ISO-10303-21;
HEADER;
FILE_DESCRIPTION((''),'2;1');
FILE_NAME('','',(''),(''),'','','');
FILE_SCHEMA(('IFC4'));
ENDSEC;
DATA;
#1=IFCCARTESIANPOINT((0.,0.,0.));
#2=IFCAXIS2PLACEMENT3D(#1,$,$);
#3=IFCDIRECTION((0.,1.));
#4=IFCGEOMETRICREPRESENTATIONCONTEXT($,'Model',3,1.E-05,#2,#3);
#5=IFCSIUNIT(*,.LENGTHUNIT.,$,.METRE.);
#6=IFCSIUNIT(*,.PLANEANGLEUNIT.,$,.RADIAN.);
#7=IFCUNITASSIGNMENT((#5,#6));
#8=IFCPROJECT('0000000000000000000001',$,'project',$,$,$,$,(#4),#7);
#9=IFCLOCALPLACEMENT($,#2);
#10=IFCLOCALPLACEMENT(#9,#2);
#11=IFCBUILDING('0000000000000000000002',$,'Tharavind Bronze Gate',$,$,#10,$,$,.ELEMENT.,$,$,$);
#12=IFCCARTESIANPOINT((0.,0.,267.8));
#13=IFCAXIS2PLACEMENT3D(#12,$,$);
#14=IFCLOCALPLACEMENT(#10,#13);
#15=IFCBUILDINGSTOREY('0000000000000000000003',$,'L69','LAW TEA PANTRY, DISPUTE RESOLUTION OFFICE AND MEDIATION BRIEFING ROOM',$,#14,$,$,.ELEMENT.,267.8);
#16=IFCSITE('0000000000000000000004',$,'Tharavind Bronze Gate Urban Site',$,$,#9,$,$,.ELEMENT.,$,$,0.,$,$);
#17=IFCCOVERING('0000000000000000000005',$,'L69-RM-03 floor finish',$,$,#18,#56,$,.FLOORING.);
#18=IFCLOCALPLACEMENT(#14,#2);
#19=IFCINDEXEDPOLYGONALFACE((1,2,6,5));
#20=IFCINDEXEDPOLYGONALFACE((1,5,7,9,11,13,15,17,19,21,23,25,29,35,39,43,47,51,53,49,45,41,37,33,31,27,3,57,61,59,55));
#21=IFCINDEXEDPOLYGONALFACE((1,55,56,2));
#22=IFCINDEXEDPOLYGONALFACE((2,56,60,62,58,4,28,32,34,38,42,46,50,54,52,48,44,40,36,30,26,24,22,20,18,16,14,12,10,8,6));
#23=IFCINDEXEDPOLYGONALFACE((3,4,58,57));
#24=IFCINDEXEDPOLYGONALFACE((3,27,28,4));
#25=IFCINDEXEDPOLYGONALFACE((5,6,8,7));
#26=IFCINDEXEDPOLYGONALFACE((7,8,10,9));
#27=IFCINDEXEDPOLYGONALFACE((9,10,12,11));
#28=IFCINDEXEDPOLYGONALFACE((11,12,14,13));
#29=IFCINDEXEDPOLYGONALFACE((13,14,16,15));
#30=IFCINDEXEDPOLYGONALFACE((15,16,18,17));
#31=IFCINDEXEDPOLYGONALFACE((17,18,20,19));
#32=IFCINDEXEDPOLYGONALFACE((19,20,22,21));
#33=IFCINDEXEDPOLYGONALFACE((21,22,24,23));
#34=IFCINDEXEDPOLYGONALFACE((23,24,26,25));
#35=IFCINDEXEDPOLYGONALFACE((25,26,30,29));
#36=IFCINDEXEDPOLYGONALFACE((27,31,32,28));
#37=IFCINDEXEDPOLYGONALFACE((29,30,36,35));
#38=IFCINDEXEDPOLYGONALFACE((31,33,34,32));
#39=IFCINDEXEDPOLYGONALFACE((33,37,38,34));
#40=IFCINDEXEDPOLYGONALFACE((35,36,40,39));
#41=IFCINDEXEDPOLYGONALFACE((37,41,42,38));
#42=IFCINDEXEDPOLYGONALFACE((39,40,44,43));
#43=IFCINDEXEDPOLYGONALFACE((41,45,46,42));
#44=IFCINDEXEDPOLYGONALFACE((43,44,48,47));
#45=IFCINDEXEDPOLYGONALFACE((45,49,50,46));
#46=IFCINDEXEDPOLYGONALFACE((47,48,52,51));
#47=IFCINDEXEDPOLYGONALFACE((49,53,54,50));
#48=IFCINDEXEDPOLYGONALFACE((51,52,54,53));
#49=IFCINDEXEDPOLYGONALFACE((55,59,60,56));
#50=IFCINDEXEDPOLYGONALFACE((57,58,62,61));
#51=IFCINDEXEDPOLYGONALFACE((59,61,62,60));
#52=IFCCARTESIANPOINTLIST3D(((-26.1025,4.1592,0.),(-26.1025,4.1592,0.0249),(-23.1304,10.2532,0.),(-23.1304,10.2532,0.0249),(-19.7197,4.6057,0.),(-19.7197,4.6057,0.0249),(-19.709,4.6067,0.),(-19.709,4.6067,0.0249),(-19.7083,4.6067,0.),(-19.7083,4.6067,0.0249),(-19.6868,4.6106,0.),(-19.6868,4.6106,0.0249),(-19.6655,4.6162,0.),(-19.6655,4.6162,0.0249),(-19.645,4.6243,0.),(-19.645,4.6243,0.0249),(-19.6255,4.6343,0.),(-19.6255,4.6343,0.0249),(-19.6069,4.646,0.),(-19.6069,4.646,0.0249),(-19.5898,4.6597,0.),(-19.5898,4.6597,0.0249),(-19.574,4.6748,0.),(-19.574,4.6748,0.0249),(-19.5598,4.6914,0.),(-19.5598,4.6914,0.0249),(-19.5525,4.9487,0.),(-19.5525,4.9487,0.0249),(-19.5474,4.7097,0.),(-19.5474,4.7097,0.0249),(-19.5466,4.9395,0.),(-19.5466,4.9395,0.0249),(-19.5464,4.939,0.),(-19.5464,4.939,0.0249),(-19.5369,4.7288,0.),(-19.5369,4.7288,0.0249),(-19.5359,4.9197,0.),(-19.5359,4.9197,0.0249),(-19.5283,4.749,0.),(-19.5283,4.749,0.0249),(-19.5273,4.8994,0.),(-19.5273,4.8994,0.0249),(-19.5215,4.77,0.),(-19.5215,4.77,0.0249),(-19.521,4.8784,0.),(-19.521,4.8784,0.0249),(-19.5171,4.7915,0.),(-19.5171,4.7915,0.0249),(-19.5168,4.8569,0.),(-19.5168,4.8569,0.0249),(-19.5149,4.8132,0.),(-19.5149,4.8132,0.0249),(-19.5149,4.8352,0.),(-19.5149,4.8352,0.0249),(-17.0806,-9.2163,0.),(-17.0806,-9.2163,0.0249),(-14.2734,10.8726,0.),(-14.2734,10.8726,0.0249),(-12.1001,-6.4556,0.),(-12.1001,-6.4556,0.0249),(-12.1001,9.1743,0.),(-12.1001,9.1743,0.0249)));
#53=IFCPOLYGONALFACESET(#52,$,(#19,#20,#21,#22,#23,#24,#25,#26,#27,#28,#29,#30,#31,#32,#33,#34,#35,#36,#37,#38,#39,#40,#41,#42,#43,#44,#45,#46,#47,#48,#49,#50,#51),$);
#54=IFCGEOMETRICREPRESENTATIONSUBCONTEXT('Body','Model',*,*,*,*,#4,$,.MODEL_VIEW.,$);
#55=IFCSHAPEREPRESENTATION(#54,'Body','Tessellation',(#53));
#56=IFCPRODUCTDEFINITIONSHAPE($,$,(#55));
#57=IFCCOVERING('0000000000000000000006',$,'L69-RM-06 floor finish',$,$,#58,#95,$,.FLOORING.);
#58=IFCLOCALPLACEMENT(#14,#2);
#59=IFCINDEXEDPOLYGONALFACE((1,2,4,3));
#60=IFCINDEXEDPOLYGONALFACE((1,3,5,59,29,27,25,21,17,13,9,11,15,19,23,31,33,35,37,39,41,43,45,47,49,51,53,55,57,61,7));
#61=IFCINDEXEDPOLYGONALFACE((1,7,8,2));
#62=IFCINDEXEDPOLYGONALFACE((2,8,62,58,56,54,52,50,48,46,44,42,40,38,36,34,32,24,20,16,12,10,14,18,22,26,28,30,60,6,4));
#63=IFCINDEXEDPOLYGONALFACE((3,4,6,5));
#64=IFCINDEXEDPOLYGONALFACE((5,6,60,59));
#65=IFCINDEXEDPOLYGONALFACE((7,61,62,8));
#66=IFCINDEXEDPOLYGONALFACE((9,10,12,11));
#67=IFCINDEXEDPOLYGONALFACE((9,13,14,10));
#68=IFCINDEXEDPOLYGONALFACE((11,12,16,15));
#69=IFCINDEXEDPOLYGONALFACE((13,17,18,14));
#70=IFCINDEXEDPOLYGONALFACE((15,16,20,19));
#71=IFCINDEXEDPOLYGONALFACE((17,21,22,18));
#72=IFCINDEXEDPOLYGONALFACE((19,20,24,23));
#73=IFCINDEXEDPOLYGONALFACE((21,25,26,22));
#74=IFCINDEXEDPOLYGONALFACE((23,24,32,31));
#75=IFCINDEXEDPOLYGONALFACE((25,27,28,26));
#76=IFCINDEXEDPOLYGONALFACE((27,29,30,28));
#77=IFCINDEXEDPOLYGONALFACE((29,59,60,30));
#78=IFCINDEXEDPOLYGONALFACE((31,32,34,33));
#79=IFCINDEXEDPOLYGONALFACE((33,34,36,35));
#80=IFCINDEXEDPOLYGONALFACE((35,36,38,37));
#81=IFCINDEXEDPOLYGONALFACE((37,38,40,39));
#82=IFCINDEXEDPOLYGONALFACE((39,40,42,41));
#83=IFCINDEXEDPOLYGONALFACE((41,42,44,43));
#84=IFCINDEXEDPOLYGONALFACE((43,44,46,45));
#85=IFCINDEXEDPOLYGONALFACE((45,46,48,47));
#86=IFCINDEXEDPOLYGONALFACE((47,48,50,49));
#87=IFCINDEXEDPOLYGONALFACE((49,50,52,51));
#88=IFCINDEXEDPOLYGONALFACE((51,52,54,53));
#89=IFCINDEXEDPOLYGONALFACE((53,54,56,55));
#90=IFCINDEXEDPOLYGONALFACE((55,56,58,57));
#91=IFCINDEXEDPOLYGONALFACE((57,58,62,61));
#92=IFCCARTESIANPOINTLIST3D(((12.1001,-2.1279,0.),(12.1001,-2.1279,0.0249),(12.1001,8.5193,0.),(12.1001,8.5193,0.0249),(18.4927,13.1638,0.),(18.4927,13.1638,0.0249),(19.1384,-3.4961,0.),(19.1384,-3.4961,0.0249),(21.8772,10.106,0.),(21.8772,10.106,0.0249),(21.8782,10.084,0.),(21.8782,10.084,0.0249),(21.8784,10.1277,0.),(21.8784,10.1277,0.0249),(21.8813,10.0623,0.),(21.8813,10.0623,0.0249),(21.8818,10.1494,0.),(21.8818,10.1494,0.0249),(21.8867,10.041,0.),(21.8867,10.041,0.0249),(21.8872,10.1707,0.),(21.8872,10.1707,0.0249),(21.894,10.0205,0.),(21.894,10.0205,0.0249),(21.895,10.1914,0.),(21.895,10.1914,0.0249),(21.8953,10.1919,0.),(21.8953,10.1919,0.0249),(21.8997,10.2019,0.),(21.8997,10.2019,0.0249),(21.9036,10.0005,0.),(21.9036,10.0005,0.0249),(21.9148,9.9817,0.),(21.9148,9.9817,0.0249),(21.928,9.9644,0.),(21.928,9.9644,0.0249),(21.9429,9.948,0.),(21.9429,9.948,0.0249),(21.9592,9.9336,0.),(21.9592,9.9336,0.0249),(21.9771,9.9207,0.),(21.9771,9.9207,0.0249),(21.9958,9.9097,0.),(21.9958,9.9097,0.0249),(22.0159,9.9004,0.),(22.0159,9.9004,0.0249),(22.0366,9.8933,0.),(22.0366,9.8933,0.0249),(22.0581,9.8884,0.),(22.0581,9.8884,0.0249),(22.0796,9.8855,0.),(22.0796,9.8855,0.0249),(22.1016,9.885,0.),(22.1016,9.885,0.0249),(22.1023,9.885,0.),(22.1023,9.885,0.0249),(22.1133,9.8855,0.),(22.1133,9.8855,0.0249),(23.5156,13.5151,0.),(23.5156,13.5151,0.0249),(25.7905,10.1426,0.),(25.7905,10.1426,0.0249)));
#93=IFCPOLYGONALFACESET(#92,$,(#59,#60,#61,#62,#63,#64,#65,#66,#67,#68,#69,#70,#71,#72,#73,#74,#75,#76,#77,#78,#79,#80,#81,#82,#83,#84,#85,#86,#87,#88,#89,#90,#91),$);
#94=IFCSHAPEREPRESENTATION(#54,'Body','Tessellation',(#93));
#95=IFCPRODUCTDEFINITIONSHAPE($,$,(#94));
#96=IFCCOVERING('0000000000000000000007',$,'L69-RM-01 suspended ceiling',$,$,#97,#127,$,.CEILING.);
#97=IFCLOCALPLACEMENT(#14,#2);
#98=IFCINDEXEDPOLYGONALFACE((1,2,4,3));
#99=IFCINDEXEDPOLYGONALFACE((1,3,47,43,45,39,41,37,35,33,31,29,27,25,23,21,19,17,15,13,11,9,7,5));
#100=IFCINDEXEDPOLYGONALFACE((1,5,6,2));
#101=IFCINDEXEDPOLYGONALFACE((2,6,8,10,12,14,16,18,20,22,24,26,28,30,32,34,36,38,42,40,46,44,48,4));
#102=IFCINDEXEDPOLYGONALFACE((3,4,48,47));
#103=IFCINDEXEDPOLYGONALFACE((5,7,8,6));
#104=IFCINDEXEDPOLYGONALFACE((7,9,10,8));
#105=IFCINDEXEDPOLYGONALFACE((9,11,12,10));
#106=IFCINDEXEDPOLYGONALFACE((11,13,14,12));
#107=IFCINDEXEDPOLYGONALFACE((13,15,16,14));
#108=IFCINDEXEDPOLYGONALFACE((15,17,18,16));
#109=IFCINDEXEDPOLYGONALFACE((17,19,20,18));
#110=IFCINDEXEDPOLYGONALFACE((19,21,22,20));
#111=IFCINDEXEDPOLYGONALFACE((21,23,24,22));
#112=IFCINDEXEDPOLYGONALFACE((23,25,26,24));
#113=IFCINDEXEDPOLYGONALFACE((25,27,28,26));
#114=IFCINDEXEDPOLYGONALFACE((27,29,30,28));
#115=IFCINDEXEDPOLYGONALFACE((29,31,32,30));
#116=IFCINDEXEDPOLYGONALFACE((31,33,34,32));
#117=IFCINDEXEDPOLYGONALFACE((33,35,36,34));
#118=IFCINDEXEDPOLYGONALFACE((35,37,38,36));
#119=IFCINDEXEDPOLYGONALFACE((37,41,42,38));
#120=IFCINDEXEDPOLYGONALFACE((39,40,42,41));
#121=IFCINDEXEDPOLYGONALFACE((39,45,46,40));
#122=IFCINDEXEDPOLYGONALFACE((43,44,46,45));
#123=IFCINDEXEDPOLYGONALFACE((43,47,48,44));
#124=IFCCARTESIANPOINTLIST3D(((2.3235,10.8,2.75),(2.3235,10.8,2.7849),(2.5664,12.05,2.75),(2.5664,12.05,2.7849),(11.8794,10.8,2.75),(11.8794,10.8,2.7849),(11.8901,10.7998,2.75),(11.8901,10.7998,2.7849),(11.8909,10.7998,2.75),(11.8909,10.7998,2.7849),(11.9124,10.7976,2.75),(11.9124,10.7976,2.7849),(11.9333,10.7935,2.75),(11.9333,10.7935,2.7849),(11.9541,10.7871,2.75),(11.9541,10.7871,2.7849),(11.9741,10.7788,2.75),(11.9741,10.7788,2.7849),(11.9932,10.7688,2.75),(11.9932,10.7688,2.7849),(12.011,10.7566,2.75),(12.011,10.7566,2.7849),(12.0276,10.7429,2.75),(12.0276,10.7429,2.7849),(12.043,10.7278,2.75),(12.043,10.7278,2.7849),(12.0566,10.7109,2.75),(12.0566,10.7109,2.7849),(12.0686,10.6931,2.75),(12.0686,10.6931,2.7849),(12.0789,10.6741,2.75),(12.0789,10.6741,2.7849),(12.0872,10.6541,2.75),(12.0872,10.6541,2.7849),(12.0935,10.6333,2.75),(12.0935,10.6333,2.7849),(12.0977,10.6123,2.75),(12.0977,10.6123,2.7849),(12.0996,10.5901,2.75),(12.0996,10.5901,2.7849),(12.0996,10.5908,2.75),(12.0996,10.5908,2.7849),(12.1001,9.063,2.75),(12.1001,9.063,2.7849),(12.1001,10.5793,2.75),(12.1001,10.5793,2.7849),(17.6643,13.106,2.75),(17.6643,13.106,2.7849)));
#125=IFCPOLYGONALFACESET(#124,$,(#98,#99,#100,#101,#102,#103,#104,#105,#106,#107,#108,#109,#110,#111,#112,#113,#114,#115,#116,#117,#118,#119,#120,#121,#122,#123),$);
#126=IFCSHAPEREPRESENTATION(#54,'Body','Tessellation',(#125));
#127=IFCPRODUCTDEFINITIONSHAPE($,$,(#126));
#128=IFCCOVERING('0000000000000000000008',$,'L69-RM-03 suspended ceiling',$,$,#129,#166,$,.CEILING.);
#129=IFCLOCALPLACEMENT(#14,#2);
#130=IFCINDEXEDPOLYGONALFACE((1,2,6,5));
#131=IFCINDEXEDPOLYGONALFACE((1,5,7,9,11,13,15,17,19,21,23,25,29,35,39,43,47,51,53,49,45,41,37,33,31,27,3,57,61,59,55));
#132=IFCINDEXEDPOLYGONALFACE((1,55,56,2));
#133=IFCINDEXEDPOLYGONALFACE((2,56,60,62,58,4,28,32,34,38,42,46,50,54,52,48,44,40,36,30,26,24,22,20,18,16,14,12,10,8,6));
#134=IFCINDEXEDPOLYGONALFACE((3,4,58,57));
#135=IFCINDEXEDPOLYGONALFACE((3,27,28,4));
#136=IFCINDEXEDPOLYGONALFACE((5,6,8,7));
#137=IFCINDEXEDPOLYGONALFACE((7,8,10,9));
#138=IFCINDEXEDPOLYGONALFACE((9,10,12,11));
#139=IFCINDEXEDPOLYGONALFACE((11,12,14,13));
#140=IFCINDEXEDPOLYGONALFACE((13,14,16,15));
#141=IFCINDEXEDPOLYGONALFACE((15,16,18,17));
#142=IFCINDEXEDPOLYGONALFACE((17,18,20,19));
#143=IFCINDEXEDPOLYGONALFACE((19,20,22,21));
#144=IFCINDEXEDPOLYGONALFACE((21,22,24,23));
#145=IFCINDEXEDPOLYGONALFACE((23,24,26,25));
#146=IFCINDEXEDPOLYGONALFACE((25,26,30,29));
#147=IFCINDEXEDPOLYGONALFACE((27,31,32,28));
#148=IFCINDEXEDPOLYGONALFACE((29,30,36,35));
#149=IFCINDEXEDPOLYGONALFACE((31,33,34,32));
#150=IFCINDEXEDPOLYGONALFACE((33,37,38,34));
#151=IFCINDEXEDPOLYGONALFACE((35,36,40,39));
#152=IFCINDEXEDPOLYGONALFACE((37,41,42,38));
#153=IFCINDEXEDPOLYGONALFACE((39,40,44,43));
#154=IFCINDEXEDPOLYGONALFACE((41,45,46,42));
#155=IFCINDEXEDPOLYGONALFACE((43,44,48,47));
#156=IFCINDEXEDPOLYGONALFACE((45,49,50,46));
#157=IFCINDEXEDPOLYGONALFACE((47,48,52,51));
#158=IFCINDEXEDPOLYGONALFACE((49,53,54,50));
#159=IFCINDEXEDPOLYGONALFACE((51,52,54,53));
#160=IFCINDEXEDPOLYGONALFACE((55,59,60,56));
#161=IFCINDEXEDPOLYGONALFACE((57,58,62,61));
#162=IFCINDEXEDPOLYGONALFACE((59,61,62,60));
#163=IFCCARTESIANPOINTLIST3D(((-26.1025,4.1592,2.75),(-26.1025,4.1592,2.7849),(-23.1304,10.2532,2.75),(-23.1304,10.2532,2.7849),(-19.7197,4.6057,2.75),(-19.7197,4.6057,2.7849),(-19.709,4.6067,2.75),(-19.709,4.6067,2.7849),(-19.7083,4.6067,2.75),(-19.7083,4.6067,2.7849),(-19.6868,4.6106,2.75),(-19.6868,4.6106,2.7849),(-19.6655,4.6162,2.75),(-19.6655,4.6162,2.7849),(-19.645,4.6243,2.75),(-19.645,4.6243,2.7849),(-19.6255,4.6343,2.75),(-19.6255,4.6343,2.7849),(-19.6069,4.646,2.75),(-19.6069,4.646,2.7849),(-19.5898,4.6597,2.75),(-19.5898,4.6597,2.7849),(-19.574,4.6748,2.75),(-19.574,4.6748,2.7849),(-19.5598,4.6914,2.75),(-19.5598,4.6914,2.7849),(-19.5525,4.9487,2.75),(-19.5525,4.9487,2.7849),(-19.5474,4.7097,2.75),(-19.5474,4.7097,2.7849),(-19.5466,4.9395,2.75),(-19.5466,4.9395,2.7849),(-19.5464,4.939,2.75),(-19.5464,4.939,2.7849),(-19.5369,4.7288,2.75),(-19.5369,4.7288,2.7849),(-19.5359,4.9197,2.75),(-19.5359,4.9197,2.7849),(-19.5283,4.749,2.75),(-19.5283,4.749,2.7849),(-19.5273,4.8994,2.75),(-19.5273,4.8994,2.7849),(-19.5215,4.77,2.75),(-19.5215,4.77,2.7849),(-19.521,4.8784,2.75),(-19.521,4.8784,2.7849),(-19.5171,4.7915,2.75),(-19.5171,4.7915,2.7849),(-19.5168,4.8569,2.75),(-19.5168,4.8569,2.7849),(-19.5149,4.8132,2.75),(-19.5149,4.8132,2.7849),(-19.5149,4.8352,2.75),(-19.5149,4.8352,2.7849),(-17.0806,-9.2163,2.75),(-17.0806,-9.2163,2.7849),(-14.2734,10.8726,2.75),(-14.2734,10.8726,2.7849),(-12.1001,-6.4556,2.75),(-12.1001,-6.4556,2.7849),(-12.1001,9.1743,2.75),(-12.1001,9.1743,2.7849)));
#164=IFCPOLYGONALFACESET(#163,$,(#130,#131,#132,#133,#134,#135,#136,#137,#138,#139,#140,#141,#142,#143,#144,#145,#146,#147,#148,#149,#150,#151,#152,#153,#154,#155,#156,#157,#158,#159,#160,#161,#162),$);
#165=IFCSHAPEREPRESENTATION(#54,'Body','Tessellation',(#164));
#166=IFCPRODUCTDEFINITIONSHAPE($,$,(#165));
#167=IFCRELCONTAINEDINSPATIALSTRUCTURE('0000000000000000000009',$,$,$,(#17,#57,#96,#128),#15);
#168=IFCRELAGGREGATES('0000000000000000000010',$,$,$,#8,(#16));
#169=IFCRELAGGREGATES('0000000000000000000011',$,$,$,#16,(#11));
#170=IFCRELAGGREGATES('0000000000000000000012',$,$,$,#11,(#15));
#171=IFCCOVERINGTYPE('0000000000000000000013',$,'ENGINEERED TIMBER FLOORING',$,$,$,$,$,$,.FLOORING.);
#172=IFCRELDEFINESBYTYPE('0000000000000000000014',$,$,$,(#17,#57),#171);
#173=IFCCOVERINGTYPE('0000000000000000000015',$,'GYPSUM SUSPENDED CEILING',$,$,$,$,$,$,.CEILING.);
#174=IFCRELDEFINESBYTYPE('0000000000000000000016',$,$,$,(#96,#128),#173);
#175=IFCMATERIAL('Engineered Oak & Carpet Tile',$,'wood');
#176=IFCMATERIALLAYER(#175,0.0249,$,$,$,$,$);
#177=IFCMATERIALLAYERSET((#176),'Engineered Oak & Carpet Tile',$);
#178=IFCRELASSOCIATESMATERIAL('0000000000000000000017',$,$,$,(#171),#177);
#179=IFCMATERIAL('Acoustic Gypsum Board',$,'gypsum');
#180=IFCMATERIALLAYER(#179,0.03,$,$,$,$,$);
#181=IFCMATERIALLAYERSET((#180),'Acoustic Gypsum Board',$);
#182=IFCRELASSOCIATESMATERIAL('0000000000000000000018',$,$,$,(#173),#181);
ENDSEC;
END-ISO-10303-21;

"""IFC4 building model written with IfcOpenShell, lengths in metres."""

from ifc_helpers import new_model, si_unit, direction, frame, origin, place, context, subcontext, project, spatial, polyline, outline, extrude, material, layer, layer_set, type_object, element, save


model = new_model("IFC4")

# Units and contexts
model_context = context("Model", 3, precision=1e-05, world=origin(), true_north=direction((0.0, 1.0)))
body_context = subcontext(model_context, "Body", "Model", "MODEL_VIEW")
ifc_project = project(units=[si_unit("LENGTHUNIT", "METRE"), si_unit("PLANEANGLEUNIT", "RADIAN")], contexts=[model_context])

# Site, building, storey
site_placement = place(None, origin())
site = spatial("IfcSite", under=ifc_project, at=site_placement, Name="Tharavind Bronze Gate Urban Site", CompositionType="ELEMENT", RefElevation=0.0)
building_placement = place(site_placement, origin())
building = spatial("IfcBuilding", under=site, at=building_placement, Name="Tharavind Bronze Gate", CompositionType="ELEMENT")
storey_placement = place(building_placement, frame((0.0, 0.0, 267.8)))
storey = spatial("IfcBuildingStorey", under=building, at=storey_placement, Name="L69", Description="LAW TEA PANTRY, DISPUTE RESOLUTION OFFICE AND MEDIATION BRIEFING ROOM", CompositionType="ELEMENT", Elevation=267.8)

# Coverings
ifc_material_1 = material(Name="Engineered Oak & Carpet Tile", Category="wood")
ifc_layer_1 = layer(ifc_material_1, 0.0249)
ifc_layer_set_1 = layer_set([ifc_layer_1], Name="Engineered Oak & Carpet Tile")
covering_type_1 = type_object("IfcCoveringType", Name="ENGINEERED TIMBER FLOORING", PredefinedType="FLOORING", material=ifc_layer_set_1)
covering_1_placement = place(storey_placement, origin())
element("IfcCovering", 1, at=covering_1_placement, inside=storey, type_object=covering_type_1, Name="L69-RM-03 floor finish", PredefinedType="FLOORING", context=body_context, shape_type="SweptSolid", body=[
    extrude(outline(polyline([(-17.0806, -9.2163), (-12.1001, -6.4556), (-12.1001, 9.1743), (-14.2734, 10.8726), (-23.1304, 10.2532), (-19.5525, 4.9487), (-19.5466, 4.9395), (-19.5464, 4.939), (-19.5359, 4.9197), (-19.5273, 4.8994), (-19.521, 4.8784), (-19.5168, 4.8569), (-19.5149, 4.8352), (-19.5149, 4.8132), (-19.5171, 4.7915), (-19.5215, 4.77), (-19.5283, 4.749), (-19.5369, 4.7288), (-19.5474, 4.7097), (-19.5598, 4.6914), (-19.574, 4.6748), (-19.5898, 4.6597), (-19.6069, 4.646), (-19.6255, 4.6343), (-19.645, 4.6243), (-19.6655, 4.6162), (-19.6868, 4.6106), (-19.7083, 4.6067), (-19.709, 4.6067), (-19.7197, 4.6057), (-26.1025, 4.1592), (-17.0806, -9.2163)])), origin(), (0.0, 0.0, 1.0), 0.0249),
])
covering_2_placement = place(storey_placement, origin())
element("IfcCovering", 2, at=covering_2_placement, inside=storey, type_object=covering_type_1, Name="L69-RM-06 floor finish", PredefinedType="FLOORING", context=body_context, shape_type="SweptSolid", body=[
    extrude(outline(polyline([(19.1384, -3.4961), (25.7905, 10.1426), (22.1133, 9.8855), (22.1023, 9.885), (22.1016, 9.885), (22.0796, 9.8855), (22.0581, 9.8884), (22.0366, 9.8933), (22.0159, 9.9004), (21.9958, 9.9097), (21.9771, 9.9207), (21.9592, 9.9336), (21.9429, 9.948), (21.928, 9.9644), (21.9148, 9.9817), (21.9036, 10.0005), (21.894, 10.0205), (21.8867, 10.041), (21.8813, 10.0623), (21.8782, 10.084), (21.8772, 10.106), (21.8784, 10.1277), (21.8818, 10.1494), (21.8872, 10.1707), (21.895, 10.1914), (21.8953, 10.1919), (21.8997, 10.2019), (23.5156, 13.5151), (18.4927, 13.1638), (12.1001, 8.5193), (12.1001, -2.1279), (19.1384, -3.4961)])), origin(), (0.0, 0.0, 1.0), 0.0249),
])
ifc_material_2 = material(Name="Acoustic Gypsum Board", Category="gypsum")
ifc_layer_2 = layer(ifc_material_2, 0.03)
ifc_layer_set_2 = layer_set([ifc_layer_2], Name="Acoustic Gypsum Board")
covering_type_2 = type_object("IfcCoveringType", Name="GYPSUM SUSPENDED CEILING", PredefinedType="CEILING", material=ifc_layer_set_2)
covering_3_placement = place(storey_placement, frame((0.0, 0.0, 2.75)))
element("IfcCovering", 3, at=covering_3_placement, inside=storey, type_object=covering_type_2, Name="L69-RM-01 suspended ceiling", PredefinedType="CEILING", context=body_context, shape_type="SweptSolid", body=[
    extrude(outline(polyline([(11.8794, 10.8), (11.8901, 10.7998), (11.8909, 10.7998), (11.9124, 10.7976), (11.9333, 10.7935), (11.9541, 10.7871), (11.9741, 10.7788), (11.9932, 10.7688), (12.011, 10.7566), (12.0276, 10.7429), (12.043, 10.7278), (12.0566, 10.7109), (12.0686, 10.6931), (12.0789, 10.6741), (12.0872, 10.6541), (12.0935, 10.6333), (12.0977, 10.6123), (12.0996, 10.5908), (12.0996, 10.5901), (12.1001, 10.5793), (12.1001, 9.063), (17.6643, 13.106), (2.5664, 12.05), (2.3235, 10.8), (11.8794, 10.8)])), origin(), (0.0, 0.0, 1.0), 0.0349),
])
covering_4_placement = place(storey_placement, frame((0.0, 0.0, 2.75)))
element("IfcCovering", 4, at=covering_4_placement, inside=storey, type_object=covering_type_2, Name="L69-RM-03 suspended ceiling", PredefinedType="CEILING", context=body_context, shape_type="SweptSolid", body=[
    extrude(outline(polyline([(-17.0806, -9.2163), (-12.1001, -6.4556), (-12.1001, 9.1743), (-14.2734, 10.8726), (-23.1304, 10.2532), (-19.5525, 4.9487), (-19.5466, 4.9395), (-19.5464, 4.939), (-19.5359, 4.9197), (-19.5273, 4.8994), (-19.521, 4.8784), (-19.5168, 4.8569), (-19.5149, 4.8352), (-19.5149, 4.8132), (-19.5171, 4.7915), (-19.5215, 4.77), (-19.5283, 4.749), (-19.5369, 4.7288), (-19.5474, 4.7097), (-19.5598, 4.6914), (-19.574, 4.6748), (-19.5898, 4.6597), (-19.6069, 4.646), (-19.6255, 4.6343), (-19.645, 4.6243), (-19.6655, 4.6162), (-19.6868, 4.6106), (-19.7083, 4.6067), (-19.709, 4.6067), (-19.7197, 4.6057), (-26.1025, 4.1592), (-17.0806, -9.2163)])), origin(), (0.0, 0.0, 1.0), 0.0349),
])

save(model, "model.ifc")
